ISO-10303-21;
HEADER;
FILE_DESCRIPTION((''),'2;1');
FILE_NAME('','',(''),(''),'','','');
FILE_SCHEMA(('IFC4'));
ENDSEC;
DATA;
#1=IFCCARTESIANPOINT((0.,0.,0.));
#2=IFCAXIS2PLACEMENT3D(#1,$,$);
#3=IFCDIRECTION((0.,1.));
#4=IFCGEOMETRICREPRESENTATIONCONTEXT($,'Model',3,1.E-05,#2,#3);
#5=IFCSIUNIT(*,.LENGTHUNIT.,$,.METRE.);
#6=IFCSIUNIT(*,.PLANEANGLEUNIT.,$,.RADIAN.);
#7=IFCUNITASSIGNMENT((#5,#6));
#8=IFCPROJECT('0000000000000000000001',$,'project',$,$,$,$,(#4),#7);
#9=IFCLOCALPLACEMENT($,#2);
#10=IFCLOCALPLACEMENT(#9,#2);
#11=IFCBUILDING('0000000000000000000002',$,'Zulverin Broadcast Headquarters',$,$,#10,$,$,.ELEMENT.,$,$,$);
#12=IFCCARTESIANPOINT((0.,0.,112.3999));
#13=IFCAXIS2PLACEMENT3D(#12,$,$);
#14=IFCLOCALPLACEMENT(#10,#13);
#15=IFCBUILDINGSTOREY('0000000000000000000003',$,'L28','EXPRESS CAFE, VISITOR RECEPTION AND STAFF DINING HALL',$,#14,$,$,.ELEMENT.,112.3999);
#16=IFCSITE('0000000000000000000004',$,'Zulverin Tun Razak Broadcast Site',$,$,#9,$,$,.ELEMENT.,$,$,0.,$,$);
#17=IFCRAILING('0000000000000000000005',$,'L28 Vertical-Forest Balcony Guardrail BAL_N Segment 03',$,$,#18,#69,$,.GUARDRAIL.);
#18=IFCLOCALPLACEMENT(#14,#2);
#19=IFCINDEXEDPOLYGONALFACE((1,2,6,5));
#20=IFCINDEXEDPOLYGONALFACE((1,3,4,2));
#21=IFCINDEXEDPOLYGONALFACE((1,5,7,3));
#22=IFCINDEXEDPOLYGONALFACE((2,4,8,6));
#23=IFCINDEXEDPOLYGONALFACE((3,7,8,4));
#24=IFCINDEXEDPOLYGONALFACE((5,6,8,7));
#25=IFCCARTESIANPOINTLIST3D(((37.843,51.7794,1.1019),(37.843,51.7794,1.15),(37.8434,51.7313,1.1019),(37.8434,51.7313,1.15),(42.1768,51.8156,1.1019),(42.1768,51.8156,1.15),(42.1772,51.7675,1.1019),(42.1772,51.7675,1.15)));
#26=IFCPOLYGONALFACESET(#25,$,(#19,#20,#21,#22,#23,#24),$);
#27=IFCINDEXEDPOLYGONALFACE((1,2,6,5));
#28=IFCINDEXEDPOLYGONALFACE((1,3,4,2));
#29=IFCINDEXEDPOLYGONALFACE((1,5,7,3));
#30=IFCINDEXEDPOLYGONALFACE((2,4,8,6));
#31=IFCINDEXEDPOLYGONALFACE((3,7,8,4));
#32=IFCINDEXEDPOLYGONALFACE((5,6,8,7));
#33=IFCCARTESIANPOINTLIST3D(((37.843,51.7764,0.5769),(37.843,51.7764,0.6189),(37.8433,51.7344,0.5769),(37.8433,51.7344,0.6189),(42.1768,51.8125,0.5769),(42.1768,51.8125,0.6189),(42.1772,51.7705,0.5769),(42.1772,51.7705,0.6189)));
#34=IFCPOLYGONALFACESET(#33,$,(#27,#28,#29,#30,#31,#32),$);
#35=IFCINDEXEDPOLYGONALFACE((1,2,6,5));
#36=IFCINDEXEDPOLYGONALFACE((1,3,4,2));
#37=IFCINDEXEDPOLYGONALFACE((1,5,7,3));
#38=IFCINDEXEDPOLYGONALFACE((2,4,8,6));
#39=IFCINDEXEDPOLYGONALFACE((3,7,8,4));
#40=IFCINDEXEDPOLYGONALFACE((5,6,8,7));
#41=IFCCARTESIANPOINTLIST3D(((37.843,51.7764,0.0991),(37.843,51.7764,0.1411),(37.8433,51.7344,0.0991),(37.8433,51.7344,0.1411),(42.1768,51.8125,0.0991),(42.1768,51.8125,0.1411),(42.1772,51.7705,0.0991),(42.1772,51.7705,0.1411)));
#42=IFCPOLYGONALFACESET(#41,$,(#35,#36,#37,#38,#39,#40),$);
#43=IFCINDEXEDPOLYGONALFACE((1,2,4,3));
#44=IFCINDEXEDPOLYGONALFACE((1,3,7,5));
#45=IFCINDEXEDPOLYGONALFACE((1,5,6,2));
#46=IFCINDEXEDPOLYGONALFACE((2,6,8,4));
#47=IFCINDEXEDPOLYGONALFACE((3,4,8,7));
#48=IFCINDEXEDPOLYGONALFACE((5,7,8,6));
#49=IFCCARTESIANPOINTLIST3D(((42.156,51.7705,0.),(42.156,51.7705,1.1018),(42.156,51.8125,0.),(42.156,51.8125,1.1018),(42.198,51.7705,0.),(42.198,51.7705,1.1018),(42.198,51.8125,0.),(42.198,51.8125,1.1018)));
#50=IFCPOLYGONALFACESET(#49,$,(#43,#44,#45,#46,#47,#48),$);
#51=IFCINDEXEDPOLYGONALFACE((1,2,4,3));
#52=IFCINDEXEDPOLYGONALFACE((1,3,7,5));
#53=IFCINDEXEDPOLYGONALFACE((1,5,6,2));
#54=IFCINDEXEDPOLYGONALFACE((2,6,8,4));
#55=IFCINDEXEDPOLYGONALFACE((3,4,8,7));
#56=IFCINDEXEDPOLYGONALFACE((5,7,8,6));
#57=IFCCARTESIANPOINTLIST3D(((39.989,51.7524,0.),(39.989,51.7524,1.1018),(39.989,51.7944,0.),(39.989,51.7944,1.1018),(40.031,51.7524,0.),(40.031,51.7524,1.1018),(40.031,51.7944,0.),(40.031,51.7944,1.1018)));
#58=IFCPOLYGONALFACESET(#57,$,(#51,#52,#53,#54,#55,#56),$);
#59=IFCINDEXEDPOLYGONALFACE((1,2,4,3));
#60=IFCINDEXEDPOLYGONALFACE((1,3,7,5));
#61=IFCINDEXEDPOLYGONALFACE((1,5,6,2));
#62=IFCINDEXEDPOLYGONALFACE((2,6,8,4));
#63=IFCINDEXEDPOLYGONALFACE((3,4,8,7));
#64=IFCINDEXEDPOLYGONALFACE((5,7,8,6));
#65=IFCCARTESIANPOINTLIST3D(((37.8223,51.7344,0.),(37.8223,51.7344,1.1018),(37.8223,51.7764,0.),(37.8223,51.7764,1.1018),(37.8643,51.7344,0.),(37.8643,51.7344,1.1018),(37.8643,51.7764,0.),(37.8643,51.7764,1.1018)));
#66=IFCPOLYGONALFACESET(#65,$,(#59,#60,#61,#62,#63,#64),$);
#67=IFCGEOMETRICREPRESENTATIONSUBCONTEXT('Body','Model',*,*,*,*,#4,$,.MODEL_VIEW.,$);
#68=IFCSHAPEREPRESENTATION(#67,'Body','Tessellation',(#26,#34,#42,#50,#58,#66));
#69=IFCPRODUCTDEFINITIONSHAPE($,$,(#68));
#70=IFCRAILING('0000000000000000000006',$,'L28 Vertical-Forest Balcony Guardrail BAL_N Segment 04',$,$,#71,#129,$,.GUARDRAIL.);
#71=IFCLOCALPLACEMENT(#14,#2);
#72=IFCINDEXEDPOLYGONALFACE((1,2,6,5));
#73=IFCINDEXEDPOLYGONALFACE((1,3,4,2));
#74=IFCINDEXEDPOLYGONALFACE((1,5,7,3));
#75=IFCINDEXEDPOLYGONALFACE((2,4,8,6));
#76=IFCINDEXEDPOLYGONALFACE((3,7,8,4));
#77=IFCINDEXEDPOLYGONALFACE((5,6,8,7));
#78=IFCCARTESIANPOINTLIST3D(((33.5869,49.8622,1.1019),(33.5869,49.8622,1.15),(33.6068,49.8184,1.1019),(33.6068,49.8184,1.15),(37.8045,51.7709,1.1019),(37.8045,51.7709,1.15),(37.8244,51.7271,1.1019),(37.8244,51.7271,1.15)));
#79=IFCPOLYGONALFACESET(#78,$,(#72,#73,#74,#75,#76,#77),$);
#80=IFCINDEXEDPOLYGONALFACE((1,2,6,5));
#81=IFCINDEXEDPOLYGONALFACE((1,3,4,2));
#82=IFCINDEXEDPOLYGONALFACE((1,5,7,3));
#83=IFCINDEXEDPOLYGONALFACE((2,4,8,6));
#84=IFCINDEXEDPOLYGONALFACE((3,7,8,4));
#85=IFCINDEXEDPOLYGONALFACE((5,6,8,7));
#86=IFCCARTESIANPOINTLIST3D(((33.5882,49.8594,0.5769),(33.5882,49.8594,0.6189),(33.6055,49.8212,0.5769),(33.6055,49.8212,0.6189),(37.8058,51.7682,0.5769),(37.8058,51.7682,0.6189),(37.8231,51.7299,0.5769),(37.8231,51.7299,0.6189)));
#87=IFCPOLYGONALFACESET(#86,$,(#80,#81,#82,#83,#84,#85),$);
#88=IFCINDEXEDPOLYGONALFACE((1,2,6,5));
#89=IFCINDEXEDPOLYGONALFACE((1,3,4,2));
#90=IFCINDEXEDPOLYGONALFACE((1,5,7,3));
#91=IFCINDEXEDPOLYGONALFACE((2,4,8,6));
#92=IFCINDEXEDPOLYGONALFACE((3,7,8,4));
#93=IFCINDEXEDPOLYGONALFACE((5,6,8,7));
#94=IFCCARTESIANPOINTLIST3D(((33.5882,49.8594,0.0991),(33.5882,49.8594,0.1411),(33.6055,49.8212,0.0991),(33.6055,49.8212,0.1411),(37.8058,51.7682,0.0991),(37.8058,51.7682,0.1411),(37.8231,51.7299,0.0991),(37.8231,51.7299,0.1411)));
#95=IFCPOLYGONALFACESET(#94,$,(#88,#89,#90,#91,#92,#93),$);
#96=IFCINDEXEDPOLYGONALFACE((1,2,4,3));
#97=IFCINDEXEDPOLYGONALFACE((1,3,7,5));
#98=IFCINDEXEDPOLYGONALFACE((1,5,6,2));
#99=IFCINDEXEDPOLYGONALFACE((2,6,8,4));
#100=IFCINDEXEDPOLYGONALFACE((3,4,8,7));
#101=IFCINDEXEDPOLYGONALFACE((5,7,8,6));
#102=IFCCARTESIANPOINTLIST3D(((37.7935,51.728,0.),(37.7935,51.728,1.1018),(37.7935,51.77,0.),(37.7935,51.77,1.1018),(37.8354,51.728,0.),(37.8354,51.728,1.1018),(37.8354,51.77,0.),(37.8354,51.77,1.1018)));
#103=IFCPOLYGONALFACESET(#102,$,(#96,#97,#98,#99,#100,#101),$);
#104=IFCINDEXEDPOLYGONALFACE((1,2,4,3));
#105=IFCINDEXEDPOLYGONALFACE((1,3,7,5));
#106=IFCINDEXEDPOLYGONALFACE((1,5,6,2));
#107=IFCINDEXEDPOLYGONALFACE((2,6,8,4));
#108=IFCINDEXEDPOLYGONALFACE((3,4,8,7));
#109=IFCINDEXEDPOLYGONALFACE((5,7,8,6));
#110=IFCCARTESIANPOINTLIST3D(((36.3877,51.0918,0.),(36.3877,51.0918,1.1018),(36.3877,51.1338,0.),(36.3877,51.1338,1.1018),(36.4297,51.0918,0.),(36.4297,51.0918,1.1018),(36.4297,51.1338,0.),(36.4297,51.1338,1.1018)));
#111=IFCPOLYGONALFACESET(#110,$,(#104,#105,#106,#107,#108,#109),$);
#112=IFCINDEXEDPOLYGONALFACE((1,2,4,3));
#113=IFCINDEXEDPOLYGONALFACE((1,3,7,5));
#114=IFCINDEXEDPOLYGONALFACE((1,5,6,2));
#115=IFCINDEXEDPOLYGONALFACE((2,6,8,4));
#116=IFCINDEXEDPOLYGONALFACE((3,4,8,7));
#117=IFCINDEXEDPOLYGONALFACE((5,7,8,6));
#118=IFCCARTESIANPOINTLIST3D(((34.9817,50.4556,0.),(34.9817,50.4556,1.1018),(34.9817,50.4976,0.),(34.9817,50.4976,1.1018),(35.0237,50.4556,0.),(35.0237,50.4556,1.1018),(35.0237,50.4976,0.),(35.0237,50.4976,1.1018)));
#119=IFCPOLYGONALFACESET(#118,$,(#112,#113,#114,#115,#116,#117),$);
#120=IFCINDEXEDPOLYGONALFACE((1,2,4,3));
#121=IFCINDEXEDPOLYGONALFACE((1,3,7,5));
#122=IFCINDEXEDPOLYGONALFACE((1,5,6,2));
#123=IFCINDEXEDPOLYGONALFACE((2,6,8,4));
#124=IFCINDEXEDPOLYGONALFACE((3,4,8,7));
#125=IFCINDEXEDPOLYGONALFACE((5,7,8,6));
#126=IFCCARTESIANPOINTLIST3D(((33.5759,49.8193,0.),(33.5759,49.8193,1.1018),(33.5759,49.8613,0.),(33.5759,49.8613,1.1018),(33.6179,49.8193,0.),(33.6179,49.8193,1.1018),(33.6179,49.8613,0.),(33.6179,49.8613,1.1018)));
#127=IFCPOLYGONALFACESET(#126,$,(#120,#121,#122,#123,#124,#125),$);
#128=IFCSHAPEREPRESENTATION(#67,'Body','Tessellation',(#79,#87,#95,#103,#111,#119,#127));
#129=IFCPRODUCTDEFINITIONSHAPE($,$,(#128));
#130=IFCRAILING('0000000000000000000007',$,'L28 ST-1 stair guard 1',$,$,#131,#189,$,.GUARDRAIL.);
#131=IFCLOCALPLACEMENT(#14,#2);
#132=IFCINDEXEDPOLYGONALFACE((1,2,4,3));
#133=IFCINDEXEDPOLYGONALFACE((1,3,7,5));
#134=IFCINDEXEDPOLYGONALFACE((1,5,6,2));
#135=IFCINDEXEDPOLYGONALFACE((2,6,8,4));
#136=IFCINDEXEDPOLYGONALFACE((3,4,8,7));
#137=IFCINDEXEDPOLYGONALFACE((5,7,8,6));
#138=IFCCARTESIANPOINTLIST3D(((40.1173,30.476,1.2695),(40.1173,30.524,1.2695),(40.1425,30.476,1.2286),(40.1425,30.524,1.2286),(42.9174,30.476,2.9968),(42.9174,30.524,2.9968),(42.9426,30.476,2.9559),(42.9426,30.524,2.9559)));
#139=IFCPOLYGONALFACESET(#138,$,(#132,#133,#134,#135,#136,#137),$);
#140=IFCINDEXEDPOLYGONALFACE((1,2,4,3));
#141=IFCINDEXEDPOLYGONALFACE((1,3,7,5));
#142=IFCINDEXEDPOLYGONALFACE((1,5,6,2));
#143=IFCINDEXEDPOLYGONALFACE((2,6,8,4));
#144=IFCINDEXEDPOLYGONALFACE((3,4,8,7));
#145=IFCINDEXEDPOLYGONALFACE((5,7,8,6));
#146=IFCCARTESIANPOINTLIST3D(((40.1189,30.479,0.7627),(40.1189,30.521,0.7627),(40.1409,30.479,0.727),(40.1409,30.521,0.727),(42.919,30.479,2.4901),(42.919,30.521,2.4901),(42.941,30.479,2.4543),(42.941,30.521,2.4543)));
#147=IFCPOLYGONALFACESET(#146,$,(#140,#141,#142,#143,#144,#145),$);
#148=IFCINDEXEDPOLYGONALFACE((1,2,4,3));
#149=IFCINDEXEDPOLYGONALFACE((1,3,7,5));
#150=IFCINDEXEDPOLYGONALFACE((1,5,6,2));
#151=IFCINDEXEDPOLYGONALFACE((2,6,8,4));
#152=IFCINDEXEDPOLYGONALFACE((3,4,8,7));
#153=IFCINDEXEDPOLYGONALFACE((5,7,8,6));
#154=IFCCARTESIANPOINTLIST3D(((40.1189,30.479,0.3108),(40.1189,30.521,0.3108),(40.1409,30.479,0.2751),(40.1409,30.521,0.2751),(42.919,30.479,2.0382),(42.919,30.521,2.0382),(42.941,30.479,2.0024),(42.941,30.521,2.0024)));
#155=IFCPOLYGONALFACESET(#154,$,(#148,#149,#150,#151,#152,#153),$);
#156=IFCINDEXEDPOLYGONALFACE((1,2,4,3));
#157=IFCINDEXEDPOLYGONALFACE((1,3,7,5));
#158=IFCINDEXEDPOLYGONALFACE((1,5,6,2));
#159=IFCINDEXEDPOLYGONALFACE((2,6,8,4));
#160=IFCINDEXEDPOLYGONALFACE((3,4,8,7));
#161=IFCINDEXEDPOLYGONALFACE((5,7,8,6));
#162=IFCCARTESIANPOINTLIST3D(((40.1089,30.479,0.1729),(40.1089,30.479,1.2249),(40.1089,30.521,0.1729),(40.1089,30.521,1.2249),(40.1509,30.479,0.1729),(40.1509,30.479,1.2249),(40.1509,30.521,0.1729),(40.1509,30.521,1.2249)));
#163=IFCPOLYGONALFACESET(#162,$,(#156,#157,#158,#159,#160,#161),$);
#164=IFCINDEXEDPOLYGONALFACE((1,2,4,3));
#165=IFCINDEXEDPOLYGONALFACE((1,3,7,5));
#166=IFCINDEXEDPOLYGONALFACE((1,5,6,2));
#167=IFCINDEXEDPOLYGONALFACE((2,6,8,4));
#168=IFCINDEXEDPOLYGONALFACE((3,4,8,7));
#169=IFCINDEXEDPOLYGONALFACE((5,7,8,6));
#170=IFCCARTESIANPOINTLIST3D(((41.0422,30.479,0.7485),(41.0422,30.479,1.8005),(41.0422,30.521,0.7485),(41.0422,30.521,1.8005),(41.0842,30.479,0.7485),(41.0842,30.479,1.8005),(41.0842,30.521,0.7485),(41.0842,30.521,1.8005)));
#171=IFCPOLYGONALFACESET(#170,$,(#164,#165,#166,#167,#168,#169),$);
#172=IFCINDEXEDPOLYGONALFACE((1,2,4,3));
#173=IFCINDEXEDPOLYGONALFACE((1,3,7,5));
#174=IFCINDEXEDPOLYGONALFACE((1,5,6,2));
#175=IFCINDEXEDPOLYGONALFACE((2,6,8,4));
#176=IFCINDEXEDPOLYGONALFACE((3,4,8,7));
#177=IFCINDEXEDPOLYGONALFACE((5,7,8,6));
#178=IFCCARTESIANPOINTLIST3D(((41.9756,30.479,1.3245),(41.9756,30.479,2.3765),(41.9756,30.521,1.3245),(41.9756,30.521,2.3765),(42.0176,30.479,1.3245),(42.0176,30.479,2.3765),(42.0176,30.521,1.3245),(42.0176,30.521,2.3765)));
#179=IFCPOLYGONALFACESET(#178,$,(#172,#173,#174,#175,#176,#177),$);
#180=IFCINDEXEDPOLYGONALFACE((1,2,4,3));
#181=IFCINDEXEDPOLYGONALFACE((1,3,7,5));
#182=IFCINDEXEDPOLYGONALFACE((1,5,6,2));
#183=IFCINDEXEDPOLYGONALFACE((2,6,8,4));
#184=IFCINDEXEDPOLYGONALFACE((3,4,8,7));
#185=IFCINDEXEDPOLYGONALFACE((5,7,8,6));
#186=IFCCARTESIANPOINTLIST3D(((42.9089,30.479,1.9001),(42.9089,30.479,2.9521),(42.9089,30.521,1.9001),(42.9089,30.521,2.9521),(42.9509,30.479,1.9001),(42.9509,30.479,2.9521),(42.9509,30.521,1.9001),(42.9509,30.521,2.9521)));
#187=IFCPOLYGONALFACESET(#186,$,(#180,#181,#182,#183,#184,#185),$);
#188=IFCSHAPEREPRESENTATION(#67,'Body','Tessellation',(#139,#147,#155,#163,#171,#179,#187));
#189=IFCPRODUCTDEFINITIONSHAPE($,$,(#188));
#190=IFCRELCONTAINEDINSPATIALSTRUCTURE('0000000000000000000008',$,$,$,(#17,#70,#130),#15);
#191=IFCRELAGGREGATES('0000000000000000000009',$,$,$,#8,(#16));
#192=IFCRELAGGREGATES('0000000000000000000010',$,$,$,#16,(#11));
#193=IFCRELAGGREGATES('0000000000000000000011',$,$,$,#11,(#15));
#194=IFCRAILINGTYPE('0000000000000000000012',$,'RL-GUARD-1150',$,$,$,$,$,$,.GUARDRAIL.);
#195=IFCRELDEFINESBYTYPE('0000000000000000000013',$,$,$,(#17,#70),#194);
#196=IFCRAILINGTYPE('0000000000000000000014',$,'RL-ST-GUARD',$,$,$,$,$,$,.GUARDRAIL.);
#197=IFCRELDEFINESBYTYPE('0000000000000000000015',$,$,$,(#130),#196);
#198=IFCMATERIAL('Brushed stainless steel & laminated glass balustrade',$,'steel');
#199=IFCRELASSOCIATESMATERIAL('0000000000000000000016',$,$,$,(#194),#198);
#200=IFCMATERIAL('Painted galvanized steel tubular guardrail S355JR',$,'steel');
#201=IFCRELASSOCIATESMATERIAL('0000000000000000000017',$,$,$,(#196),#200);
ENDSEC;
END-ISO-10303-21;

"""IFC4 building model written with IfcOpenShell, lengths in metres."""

from ifc_helpers import new_model, si_unit, direction, frame, origin, origin_2d, place, context, subcontext, project, spatial, rectangle, extrude, material, type_object, element, save


model = new_model("IFC4")

# Units and contexts
model_context = context("Model", 3, precision=1e-05, world=origin(), true_north=direction((0.0, 1.0)))
body_context = subcontext(model_context, "Body", "Model", "MODEL_VIEW")
ifc_project = project(units=[si_unit("LENGTHUNIT", "METRE"), si_unit("PLANEANGLEUNIT", "RADIAN")], contexts=[model_context])

# Site, building, storey
site_placement = place(None, origin())
site = spatial("IfcSite", under=ifc_project, at=site_placement, Name="Zulverin Tun Razak Broadcast Site", CompositionType="ELEMENT", RefElevation=0.0)
building_placement = place(site_placement, origin())
building = spatial("IfcBuilding", under=site, at=building_placement, Name="Zulverin Broadcast Headquarters", CompositionType="ELEMENT")
storey_placement = place(building_placement, frame((0.0, 0.0, 112.3999)))
storey = spatial("IfcBuildingStorey", under=building, at=storey_placement, Name="L28", Description="EXPRESS CAFE, VISITOR RECEPTION AND STAFF DINING HALL", CompositionType="ELEMENT", Elevation=112.3999)

# Railings
ifc_material_1 = material(Name="Brushed stainless steel & laminated glass balustrade", Category="steel")
railing_type_1 = type_object("IfcRailingType", Name="RL-GUARD-1150", PredefinedType="GUARDRAIL", material=ifc_material_1)
railing_1_placement = place(storey_placement, frame((42.177, 51.7915, 0.0)))
element("IfcRailing", 1, at=railing_1_placement, inside=storey, type_object=railing_type_1, Name="L28 Vertical-Forest Balcony Guardrail BAL_N Segment 03", PredefinedType="GUARDRAIL", context=body_context, shape_type="SweptSolid", body=[
    extrude(rectangle(XDim=0.0481, YDim=0.0481, at=origin_2d()), frame((0.0, 0.0, 1.126), z_axis=(-0.999965, -0.008337, 0.0), x_axis=(0.008337, -0.999965, 0.0)), (0.0, 0.0, 1.0), 4.334),
    extrude(rectangle(XDim=0.042, YDim=0.042, at=origin_2d()), frame((0.0, 0.0, 0.5979), z_axis=(-0.999965, -0.008337, 0.0), x_axis=(0.008337, -0.999965, 0.0)), (0.0, 0.0, 1.0), 4.334),
    extrude(rectangle(XDim=0.042, YDim=0.042, at=origin_2d()), frame((0.0, 0.0, 0.1201), z_axis=(-0.999965, -0.008337, 0.0), x_axis=(0.008337, -0.999965, 0.0)), (0.0, 0.0, 1.0), 4.334),
    extrude(rectangle(XDim=0.042, YDim=0.042, at=origin_2d()), origin(), (0.0, 0.0, 1.0), 1.1018),
    extrude(rectangle(XDim=0.042, YDim=0.042, at=origin_2d()), frame((-2.167, -0.0181, 0.0)), (0.0, 0.0, 1.0), 1.1018),
    extrude(rectangle(XDim=0.042, YDim=0.042, at=origin_2d()), frame((-4.3337, -0.0361, 0.0)), (0.0, 0.0, 1.0), 1.1018),
])
railing_2_placement = place(storey_placement, frame((37.8145, 51.749, 0.0)))
element("IfcRailing", 2, at=railing_2_placement, inside=storey, type_object=railing_type_1, Name="L28 Vertical-Forest Balcony Guardrail BAL_N Segment 04", PredefinedType="GUARDRAIL", context=body_context, shape_type="SweptSolid", body=[
    extrude(rectangle(XDim=0.0481, YDim=0.0481, at=origin_2d()), frame((0.0, 0.0, 1.126), z_axis=(-0.911046, -0.412304, 0.0), x_axis=(0.412304, -0.911046, 0.0)), (0.0, 0.0, 1.0), 4.6294),
    extrude(rectangle(XDim=0.042, YDim=0.042, at=origin_2d()), frame((0.0, 0.0, 0.5979), z_axis=(-0.911046, -0.412304, 0.0), x_axis=(0.412304, -0.911046, 0.0)), (0.0, 0.0, 1.0), 4.6294),
    extrude(rectangle(XDim=0.042, YDim=0.042, at=origin_2d()), frame((0.0, 0.0, 0.1201), z_axis=(-0.911046, -0.412304, 0.0), x_axis=(0.412304, -0.911046, 0.0)), (0.0, 0.0, 1.0), 4.6294),
    extrude(rectangle(XDim=0.042, YDim=0.042, at=origin_2d()), origin(), (0.0, 0.0, 1.0), 1.1018),
    extrude(rectangle(XDim=0.042, YDim=0.042, at=origin_2d()), frame((-1.4058, -0.6362, 0.0)), (0.0, 0.0, 1.0), 1.1018),
    extrude(rectangle(XDim=0.042, YDim=0.042, at=origin_2d()), frame((-2.8118, -1.2725, 0.0)), (0.0, 0.0, 1.0), 1.1018),
    extrude(rectangle(XDim=0.042, YDim=0.042, at=origin_2d()), frame((-4.2175, -1.9087, 0.0)), (0.0, 0.0, 1.0), 1.1018),
])
ifc_material_2 = material(Name="Painted galvanized steel tubular guardrail S355JR", Category="steel")
railing_type_2 = type_object("IfcRailingType", Name="RL-ST-GUARD", PredefinedType="GUARDRAIL", material=ifc_material_2)
railing_3_placement = place(storey_placement, frame((40.1299, 30.5, 0.1729)))
element("IfcRailing", 3, at=railing_3_placement, inside=storey, type_object=railing_type_2, Name="L28 ST-1 stair guard 1", PredefinedType="GUARDRAIL", context=body_context, shape_type="SweptSolid", body=[
    extrude(rectangle(XDim=0.0481, YDim=0.0481, at=origin_2d()), frame((0.0, 0.0, 1.0762), z_axis=(0.85109, 0.0, 0.52502), x_axis=(0.0, 1.0, 0.0)), (0.0, 0.0, 1.0), 3.29),
    extrude(rectangle(XDim=0.042, YDim=0.042, at=origin_2d()), frame((0.0, 0.0, 0.572), z_axis=(0.85109, 0.0, 0.52502), x_axis=(0.0, 1.0, 0.0)), (0.0, 0.0, 1.0), 3.29),
    extrude(rectangle(XDim=0.042, YDim=0.042, at=origin_2d()), frame((0.0, 0.0, 0.1201), z_axis=(0.85109, 0.0, 0.52502), x_axis=(0.0, 1.0, 0.0)), (0.0, 0.0, 1.0), 3.29),
    extrude(rectangle(XDim=0.042, YDim=0.042, at=origin_2d()), origin(), (0.0, 0.0, 1.0), 1.052),
    extrude(rectangle(XDim=0.042, YDim=0.042, at=origin_2d()), frame((0.9333, 0.0, 0.5757)), (0.0, 0.0, 1.0), 1.052),
    extrude(rectangle(XDim=0.042, YDim=0.042, at=origin_2d()), frame((1.8667, 0.0, 1.1516)), (0.0, 0.0, 1.0), 1.052),
    extrude(rectangle(XDim=0.042, YDim=0.042, at=origin_2d()), frame((2.8, 0.0, 1.7273)), (0.0, 0.0, 1.0), 1.052),
])

save(model, "model.ifc")
